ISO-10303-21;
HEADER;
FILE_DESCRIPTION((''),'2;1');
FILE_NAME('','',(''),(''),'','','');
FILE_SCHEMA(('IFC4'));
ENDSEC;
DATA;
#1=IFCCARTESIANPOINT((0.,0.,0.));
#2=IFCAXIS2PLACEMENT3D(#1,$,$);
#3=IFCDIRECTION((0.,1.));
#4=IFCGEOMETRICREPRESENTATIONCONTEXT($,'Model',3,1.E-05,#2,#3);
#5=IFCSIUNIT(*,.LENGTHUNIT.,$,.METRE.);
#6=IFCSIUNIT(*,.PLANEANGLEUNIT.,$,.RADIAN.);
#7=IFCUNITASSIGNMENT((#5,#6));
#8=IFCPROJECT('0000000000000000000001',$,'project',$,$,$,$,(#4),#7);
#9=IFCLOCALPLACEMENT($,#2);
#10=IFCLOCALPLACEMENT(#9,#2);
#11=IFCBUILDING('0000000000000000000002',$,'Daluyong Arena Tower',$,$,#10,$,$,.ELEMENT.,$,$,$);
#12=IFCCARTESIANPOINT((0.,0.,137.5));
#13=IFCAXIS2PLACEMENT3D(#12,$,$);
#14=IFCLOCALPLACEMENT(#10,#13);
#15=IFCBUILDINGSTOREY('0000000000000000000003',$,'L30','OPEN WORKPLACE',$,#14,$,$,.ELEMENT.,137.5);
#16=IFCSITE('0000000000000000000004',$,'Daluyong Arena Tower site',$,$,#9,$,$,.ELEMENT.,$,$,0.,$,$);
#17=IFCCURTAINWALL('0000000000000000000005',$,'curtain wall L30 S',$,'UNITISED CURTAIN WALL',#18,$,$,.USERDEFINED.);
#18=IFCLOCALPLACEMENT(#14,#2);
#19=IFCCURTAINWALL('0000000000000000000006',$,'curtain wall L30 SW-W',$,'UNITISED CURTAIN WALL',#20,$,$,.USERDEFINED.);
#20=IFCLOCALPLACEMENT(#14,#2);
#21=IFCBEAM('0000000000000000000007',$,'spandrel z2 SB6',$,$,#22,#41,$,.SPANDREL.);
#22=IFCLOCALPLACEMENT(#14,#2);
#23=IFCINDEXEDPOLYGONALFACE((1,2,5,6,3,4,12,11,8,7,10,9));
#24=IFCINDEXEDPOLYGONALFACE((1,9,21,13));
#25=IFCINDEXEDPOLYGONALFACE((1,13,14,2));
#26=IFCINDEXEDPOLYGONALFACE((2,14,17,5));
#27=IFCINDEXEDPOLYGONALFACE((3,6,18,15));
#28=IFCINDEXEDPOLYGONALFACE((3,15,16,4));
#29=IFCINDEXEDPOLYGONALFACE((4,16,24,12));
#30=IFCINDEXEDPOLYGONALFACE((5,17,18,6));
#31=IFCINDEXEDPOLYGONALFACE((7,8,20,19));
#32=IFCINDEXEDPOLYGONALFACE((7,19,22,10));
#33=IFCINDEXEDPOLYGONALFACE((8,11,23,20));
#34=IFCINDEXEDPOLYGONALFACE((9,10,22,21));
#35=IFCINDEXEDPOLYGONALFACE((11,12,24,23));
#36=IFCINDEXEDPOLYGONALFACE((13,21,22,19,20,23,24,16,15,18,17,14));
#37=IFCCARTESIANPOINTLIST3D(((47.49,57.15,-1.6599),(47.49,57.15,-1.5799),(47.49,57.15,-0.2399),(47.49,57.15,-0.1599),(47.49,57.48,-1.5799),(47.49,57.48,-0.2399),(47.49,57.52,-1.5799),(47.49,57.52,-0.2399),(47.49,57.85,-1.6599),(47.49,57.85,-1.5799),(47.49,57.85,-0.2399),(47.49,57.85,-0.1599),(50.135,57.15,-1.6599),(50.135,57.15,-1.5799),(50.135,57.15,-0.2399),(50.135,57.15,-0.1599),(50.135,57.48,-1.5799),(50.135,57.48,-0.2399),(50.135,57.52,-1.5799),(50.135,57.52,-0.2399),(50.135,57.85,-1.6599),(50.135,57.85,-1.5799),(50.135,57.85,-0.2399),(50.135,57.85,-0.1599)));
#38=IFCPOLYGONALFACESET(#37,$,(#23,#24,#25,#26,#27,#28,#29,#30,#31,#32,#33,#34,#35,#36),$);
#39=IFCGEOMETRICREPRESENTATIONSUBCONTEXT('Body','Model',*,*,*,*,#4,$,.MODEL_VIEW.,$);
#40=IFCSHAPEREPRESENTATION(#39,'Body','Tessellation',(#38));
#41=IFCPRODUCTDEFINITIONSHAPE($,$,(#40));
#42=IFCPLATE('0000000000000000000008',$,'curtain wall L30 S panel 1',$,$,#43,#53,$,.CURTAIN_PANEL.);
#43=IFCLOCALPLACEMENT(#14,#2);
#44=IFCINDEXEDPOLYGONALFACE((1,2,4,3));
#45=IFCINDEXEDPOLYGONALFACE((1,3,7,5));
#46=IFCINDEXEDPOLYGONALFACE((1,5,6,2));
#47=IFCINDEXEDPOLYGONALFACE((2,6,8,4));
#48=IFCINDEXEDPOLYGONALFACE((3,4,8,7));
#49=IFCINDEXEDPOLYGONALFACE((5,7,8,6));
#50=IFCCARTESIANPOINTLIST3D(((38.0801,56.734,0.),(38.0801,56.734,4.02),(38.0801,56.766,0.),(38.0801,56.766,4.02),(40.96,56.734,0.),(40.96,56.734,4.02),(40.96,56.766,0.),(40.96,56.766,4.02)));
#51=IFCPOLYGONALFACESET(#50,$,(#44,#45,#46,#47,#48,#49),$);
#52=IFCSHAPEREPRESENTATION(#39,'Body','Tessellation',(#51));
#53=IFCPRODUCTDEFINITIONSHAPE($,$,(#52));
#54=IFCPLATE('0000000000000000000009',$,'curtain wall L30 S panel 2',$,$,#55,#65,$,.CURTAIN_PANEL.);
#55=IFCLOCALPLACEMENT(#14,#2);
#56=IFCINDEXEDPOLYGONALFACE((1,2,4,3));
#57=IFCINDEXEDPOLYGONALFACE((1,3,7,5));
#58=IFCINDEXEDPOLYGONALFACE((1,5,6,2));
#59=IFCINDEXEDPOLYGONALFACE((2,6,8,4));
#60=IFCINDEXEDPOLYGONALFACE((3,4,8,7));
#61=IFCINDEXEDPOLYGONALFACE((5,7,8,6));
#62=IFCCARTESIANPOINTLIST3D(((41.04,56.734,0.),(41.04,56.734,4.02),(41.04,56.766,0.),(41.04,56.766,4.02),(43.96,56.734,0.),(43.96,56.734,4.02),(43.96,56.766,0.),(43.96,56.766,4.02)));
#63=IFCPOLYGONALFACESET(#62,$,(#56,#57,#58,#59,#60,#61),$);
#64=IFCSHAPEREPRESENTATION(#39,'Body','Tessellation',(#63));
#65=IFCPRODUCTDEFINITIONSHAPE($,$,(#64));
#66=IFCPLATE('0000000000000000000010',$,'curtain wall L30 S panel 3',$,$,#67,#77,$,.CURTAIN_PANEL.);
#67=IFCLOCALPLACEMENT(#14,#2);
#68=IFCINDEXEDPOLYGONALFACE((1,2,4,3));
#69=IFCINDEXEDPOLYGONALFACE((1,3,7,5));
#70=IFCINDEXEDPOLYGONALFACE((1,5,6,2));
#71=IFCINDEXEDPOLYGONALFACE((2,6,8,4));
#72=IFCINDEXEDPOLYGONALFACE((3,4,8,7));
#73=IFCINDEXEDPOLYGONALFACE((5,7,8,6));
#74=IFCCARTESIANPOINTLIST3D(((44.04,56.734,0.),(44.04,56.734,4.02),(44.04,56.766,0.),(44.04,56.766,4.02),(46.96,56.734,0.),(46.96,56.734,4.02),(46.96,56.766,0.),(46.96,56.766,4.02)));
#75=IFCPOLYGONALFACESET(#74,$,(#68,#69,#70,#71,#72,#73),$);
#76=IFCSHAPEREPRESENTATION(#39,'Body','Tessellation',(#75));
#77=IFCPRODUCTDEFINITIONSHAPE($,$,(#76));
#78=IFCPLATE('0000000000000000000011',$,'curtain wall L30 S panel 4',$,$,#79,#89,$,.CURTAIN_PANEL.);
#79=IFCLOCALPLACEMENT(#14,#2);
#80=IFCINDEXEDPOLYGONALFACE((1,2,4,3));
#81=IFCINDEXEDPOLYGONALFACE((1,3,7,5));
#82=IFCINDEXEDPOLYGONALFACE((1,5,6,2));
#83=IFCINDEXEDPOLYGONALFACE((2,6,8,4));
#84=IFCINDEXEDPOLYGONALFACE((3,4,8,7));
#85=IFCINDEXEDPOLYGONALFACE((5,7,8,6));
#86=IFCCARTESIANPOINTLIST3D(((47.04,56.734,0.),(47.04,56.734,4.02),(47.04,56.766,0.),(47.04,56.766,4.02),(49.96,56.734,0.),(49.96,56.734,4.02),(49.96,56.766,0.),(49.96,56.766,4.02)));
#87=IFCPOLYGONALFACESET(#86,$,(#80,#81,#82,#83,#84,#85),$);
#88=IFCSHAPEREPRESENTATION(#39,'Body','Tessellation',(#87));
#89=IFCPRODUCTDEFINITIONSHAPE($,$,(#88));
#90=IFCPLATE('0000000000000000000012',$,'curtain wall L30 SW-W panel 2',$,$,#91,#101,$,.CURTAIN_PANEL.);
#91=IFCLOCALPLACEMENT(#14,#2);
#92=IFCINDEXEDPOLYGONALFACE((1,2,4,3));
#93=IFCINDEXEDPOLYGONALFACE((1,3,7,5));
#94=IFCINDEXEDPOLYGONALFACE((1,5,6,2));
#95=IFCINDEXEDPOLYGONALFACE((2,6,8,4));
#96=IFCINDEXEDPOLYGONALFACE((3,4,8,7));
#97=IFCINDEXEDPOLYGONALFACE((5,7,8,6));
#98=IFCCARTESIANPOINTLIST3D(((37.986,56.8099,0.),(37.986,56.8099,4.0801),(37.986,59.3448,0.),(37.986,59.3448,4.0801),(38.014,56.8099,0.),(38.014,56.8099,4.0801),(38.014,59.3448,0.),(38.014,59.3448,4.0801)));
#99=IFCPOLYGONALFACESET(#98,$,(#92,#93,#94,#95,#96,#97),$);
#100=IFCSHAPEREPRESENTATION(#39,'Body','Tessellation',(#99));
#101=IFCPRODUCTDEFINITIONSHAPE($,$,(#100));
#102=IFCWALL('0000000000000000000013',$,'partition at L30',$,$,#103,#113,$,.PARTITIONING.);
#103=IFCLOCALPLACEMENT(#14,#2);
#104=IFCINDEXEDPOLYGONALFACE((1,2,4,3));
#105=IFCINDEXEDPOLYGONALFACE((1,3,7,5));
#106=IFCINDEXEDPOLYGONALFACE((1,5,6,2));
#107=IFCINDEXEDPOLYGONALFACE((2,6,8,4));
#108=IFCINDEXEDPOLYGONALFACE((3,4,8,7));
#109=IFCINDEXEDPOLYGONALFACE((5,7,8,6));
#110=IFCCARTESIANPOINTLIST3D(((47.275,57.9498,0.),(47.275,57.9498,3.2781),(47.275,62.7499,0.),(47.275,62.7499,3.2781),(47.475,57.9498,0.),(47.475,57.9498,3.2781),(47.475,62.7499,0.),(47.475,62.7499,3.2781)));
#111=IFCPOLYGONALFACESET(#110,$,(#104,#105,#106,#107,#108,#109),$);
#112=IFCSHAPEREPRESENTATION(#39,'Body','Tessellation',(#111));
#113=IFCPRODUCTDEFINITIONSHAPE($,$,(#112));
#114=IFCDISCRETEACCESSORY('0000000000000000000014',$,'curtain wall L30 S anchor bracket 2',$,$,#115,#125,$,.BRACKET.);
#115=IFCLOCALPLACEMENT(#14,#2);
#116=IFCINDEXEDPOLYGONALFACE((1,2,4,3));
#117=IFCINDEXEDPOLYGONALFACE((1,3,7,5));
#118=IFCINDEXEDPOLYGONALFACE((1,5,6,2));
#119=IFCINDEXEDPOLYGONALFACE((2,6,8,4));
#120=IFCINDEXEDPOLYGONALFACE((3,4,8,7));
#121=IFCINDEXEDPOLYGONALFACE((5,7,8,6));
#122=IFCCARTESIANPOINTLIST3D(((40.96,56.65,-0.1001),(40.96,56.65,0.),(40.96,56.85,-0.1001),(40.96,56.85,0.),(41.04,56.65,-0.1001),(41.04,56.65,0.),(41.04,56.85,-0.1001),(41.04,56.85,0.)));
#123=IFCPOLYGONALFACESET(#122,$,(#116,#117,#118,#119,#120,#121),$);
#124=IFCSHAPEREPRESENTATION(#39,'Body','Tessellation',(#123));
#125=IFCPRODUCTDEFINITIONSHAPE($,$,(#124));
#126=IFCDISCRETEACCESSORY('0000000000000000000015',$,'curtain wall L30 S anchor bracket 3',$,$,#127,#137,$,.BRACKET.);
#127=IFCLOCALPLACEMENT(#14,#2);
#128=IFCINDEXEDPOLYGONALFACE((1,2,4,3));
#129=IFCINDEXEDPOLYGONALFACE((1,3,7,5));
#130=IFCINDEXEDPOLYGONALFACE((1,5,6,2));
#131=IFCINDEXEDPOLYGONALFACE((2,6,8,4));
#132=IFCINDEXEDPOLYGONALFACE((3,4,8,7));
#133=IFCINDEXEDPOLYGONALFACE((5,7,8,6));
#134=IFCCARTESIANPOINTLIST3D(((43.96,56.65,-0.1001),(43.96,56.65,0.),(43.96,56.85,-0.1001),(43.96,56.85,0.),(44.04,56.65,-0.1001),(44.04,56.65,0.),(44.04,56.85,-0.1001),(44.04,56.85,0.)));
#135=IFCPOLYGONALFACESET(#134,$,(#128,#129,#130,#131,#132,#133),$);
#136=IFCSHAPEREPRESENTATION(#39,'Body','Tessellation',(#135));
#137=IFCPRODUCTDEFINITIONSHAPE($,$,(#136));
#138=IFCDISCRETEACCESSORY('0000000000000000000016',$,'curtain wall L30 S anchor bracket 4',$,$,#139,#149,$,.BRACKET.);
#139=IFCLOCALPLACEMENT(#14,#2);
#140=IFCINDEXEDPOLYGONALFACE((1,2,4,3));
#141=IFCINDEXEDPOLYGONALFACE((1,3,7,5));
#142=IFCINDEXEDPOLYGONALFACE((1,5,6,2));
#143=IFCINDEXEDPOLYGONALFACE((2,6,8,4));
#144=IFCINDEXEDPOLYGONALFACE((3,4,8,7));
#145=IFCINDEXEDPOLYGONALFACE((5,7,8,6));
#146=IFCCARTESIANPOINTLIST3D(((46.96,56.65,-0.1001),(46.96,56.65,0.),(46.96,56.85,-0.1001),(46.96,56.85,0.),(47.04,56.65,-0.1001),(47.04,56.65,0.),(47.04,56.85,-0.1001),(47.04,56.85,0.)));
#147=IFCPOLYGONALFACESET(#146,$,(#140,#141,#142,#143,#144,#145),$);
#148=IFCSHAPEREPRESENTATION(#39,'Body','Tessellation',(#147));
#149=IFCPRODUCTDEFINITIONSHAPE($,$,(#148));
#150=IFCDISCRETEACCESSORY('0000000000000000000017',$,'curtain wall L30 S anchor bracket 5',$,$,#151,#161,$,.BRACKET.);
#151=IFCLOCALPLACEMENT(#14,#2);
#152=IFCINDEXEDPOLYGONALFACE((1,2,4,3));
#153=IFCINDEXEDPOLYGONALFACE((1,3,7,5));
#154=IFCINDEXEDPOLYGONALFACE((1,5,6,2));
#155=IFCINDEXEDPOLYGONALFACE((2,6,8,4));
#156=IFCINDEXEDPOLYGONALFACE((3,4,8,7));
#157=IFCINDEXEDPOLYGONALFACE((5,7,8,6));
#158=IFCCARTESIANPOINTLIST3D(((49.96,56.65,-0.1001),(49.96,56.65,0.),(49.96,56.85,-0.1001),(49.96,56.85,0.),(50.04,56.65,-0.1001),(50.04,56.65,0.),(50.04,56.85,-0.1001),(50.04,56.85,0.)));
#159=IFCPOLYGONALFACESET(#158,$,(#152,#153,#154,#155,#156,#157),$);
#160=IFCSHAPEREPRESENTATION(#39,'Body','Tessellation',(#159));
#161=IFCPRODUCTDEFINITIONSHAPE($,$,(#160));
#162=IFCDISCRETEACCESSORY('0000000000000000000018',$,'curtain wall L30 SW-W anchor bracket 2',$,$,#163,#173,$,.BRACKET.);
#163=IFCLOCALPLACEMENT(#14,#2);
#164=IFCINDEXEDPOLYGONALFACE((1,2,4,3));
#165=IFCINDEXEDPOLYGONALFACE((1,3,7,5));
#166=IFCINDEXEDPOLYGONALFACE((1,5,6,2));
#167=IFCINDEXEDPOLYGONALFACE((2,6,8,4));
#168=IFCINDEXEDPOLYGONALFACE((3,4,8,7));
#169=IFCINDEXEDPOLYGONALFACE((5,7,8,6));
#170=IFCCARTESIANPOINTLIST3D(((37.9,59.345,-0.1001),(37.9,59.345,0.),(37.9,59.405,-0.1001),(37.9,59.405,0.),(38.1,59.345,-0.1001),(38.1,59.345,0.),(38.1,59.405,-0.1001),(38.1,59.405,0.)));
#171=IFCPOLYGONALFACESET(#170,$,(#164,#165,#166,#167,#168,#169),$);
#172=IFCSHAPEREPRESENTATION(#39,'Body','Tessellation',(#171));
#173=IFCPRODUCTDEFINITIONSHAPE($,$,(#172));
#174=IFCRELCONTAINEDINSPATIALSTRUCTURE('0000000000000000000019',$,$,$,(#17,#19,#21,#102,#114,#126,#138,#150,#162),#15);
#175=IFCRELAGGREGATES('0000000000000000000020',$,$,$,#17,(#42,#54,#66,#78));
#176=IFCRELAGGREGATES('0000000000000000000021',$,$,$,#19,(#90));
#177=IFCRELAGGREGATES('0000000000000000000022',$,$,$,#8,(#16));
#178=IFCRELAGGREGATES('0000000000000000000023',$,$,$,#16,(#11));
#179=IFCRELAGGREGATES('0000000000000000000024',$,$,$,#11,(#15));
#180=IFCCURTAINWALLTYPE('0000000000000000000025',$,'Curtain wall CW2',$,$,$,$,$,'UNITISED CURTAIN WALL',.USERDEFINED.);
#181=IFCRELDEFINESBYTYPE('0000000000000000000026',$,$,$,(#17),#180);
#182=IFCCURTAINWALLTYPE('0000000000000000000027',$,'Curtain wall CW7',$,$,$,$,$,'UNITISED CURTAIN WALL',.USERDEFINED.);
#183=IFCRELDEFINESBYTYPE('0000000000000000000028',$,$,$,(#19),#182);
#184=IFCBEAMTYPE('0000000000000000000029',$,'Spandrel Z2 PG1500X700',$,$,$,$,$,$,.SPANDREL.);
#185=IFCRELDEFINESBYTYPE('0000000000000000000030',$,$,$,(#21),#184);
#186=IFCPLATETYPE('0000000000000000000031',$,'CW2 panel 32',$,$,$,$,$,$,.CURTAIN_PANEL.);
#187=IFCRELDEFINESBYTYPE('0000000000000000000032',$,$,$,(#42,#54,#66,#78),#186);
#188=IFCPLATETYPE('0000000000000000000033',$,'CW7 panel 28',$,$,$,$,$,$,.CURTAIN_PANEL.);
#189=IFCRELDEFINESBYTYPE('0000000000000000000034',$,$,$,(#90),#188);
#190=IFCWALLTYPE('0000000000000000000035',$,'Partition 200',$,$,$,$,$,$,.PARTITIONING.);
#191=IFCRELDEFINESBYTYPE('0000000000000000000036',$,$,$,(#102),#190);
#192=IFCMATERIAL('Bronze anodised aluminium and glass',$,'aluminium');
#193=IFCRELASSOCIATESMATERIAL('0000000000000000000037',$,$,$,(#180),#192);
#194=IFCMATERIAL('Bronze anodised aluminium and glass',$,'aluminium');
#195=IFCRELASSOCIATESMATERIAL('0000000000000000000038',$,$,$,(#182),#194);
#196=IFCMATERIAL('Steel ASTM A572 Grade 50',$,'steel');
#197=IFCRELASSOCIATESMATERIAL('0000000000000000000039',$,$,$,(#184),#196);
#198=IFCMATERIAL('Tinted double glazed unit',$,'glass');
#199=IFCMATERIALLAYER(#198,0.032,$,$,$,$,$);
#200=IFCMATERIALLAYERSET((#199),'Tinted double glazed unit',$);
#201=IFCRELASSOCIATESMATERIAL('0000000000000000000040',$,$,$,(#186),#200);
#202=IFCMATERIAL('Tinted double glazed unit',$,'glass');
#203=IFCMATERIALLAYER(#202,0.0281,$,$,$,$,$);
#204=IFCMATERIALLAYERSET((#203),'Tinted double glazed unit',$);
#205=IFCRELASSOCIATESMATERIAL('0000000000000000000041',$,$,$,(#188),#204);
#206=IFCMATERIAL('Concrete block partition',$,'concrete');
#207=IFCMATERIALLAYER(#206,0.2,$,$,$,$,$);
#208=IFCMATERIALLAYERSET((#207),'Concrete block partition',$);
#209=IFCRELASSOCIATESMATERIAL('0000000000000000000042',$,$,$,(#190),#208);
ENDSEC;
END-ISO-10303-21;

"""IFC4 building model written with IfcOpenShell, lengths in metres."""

from ifc_helpers import new_model, si_unit, direction, frame, frame_2d, origin, origin_2d, place, context, subcontext, project, spatial, rectangle, i_section, extrude, material, layer, layer_set, material_profile, profile_set, type_object, element, aggregate, save


model = new_model("IFC4")

# Units and contexts
model_context = context("Model", 3, precision=1e-05, world=origin(), true_north=direction((0.0, 1.0)))
body_context = subcontext(model_context, "Body", "Model", "MODEL_VIEW")
ifc_project = project(units=[si_unit("LENGTHUNIT", "METRE"), si_unit("PLANEANGLEUNIT", "RADIAN")], contexts=[model_context])

# Site, building, storey
site_placement = place(None, origin())
site = spatial("IfcSite", under=ifc_project, at=site_placement, Name="Daluyong Arena Tower site", CompositionType="ELEMENT", RefElevation=0.0)
building_placement = place(site_placement, origin())
building = spatial("IfcBuilding", under=site, at=building_placement, Name="Daluyong Arena Tower", CompositionType="ELEMENT")
storey_placement = place(building_placement, frame((0.0, 0.0, 137.5)))
storey = spatial("IfcBuildingStorey", under=building, at=storey_placement, Name="L30", Description="OPEN WORKPLACE", CompositionType="ELEMENT", Elevation=137.5)

# Curtain walls
ifc_material_1 = material(Name="Bronze anodised aluminium and glass", Category="aluminium")
curtain_wall_type_1 = type_object("IfcCurtainWallType", Name="Curtain wall CW2", ElementType="UNITISED CURTAIN WALL", PredefinedType="USERDEFINED", material=ifc_material_1)
curtain_wall_1_placement = place(storey_placement, origin())
curtain_wall_1 = element("IfcCurtainWall", 1, at=curtain_wall_1_placement, inside=storey, type_object=curtain_wall_type_1, Name="curtain wall L30 S", ObjectType="UNITISED CURTAIN WALL", PredefinedType="USERDEFINED")
ifc_material_2 = material(Name="Bronze anodised aluminium and glass", Category="aluminium")
curtain_wall_type_2 = type_object("IfcCurtainWallType", Name="Curtain wall CW7", ElementType="UNITISED CURTAIN WALL", PredefinedType="USERDEFINED", material=ifc_material_2)
curtain_wall_2_placement = place(storey_placement, origin())
curtain_wall_2 = element("IfcCurtainWall", 2, at=curtain_wall_2_placement, inside=storey, type_object=curtain_wall_type_2, Name="curtain wall L30 SW-W", ObjectType="UNITISED CURTAIN WALL", PredefinedType="USERDEFINED")

# Beam
ifc_material_3 = material(Name="Steel ASTM A572 Grade 50", Category="steel")
ifc_material_profile_1 = material_profile(ifc_material_3, i_section(OverallWidth=0.7, OverallDepth=1.5, WebThickness=0.04, FlangeThickness=0.08, at=origin_2d()))
ifc_profile_set_1 = profile_set([ifc_material_profile_1], Name="Steel ASTM A572 Grade 50")
beam_type_1 = type_object("IfcBeamType", Name="Spandrel Z2 PG1500X700", PredefinedType="SPANDREL", material=ifc_profile_set_1)
for number, where, z_axis, x_axis, name in (
    (3, (47.49, 57.5, -0.9099), (1.0, 0.0, 0.0), (0.0, 1.0, 0.0), "spandrel z2 SB6"),
):
    element("IfcBeam", number, at=place(storey_placement, frame(where, z_axis=z_axis, x_axis=x_axis)), inside=storey, type_object=beam_type_1, Name=name, PredefinedType="SPANDREL", context=body_context, shape_type="SweptSolid", body=[
        extrude(i_section(OverallWidth=0.7, OverallDepth=1.5, WebThickness=0.04, FlangeThickness=0.08, at=origin_2d()), origin(), (0.0, 0.0, 1.0), 2.645),
    ])

# Plates
ifc_material_4 = material(Name="Tinted double glazed unit", Category="glass")
ifc_layer_1 = layer(ifc_material_4, 0.032)
ifc_layer_set_1 = layer_set([ifc_layer_1], Name="Tinted double glazed unit")
plate_type_1 = type_object("IfcPlateType", Name="CW2 panel 32", PredefinedType="CURTAIN_PANEL", material=ifc_layer_set_1)
plate_1_placement = place(storey_placement, frame((39.52, 56.75, 0.0), z_axis=(0.0, 0.0, 1.0), x_axis=(1.0, 0.0, 0.0)))
plate_1 = element("IfcPlate", 4, at=plate_1_placement, type_object=plate_type_1, Name="curtain wall L30 S panel 1", PredefinedType="CURTAIN_PANEL", context=body_context, shape_type="SweptSolid", body=[
    extrude(rectangle(XDim=2.8799, YDim=0.032, at=origin_2d()), origin(), (0.0, 0.0, 1.0), 4.02),
])
plate_2_placement = place(storey_placement, frame((42.5, 56.75, 0.0), z_axis=(0.0, 0.0, 1.0), x_axis=(1.0, 0.0, 0.0)))
plate_2 = element("IfcPlate", 5, at=plate_2_placement, type_object=plate_type_1, Name="curtain wall L30 S panel 2", PredefinedType="CURTAIN_PANEL", context=body_context, shape_type="SweptSolid", body=[
    extrude(rectangle(XDim=2.9199, YDim=0.032, at=origin_2d()), origin(), (0.0, 0.0, 1.0), 4.02),
])
plate_3_placement = place(storey_placement, frame((45.5, 56.75, 0.0), z_axis=(0.0, 0.0, 1.0), x_axis=(1.0, 0.0, 0.0)))
plate_3 = element("IfcPlate", 6, at=plate_3_placement, type_object=plate_type_1, Name="curtain wall L30 S panel 3", PredefinedType="CURTAIN_PANEL", context=body_context, shape_type="SweptSolid", body=[
    extrude(rectangle(XDim=2.9199, YDim=0.032, at=origin_2d()), origin(), (0.0, 0.0, 1.0), 4.02),
])
plate_4_placement = place(storey_placement, frame((48.5, 56.75, 0.0), z_axis=(0.0, 0.0, 1.0), x_axis=(1.0, 0.0, 0.0)))
plate_4 = element("IfcPlate", 7, at=plate_4_placement, type_object=plate_type_1, Name="curtain wall L30 S panel 4", PredefinedType="CURTAIN_PANEL", context=body_context, shape_type="SweptSolid", body=[
    extrude(rectangle(XDim=2.9199, YDim=0.032, at=origin_2d()), origin(), (0.0, 0.0, 1.0), 4.02),
])
aggregate(curtain_wall_1, [plate_1, plate_2, plate_3, plate_4])
ifc_material_5 = material(Name="Tinted double glazed unit", Category="glass")
ifc_layer_2 = layer(ifc_material_5, 0.0281)
ifc_layer_set_2 = layer_set([ifc_layer_2], Name="Tinted double glazed unit")
plate_type_2 = type_object("IfcPlateType", Name="CW7 panel 28", PredefinedType="CURTAIN_PANEL", material=ifc_layer_set_2)
plate_5_placement = place(storey_placement, frame((38.0, 58.0774, 0.0), z_axis=(0.0, 0.0, 1.0), x_axis=(0.0, -1.0, 0.0)))
plate_5 = element("IfcPlate", 8, at=plate_5_placement, type_object=plate_type_2, Name="curtain wall L30 SW-W panel 2", PredefinedType="CURTAIN_PANEL", context=body_context, shape_type="SweptSolid", body=[
    extrude(rectangle(XDim=2.5349, YDim=0.0281, at=origin_2d()), origin(), (0.0, 0.0, 1.0), 4.0801),
])
aggregate(curtain_wall_2, [plate_5])

# Wall
ifc_material_6 = material(Name="Concrete block partition", Category="concrete")
ifc_layer_3 = layer(ifc_material_6, 0.2)
ifc_layer_set_3 = layer_set([ifc_layer_3], Name="Concrete block partition")
wall_type = type_object("IfcWallType", Name="Partition 200", PredefinedType="PARTITIONING", material=ifc_layer_set_3)
wall_placement = place(storey_placement, frame((47.375, 57.95, 0.0), z_axis=(0.0, 0.0, 1.0), x_axis=(0.0, 1.0, 0.0)))
element("IfcWall", 9, at=wall_placement, inside=storey, type_object=wall_type, Name="partition at L30", PredefinedType="PARTITIONING", context=body_context, shape_type="SweptSolid", body=[
    extrude(rectangle(XDim=4.8, YDim=0.2, at=frame_2d((2.3999, 0.0))), origin(), (0.0, 0.0, 1.0), 3.2781),
])

# Discrete accessories
for number, where, z_axis, x_axis, name in (
    (10, (41.0, 56.75, -0.1001), (0.0, 0.0, 1.0), (1.0, 0.0, 0.0), "curtain wall L30 S anchor bracket 2"),
    (11, (44.0, 56.75, -0.1001), (0.0, 0.0, 1.0), (1.0, 0.0, 0.0), "curtain wall L30 S anchor bracket 3"),
    (12, (47.0, 56.75, -0.1001), (0.0, 0.0, 1.0), (1.0, 0.0, 0.0), "curtain wall L30 S anchor bracket 4"),
    (13, (50.0, 56.75, -0.1001), (0.0, 0.0, 1.0), (1.0, 0.0, 0.0), "curtain wall L30 S anchor bracket 5"),
):
    element("IfcDiscreteAccessory", number, at=place(storey_placement, frame(where, z_axis=z_axis, x_axis=x_axis)), inside=storey, Name=name, PredefinedType="BRACKET", context=body_context, shape_type="SweptSolid", body=[
        extrude(rectangle(XDim=0.0801, YDim=0.2, at=origin_2d()), origin(), (0.0, 0.0, 1.0), 0.1001),
    ])
discrete_accessory_placement = place(storey_placement, frame((38.0, 59.375, -0.1001), z_axis=(0.0, 0.0, 1.0), x_axis=(0.0, -1.0, 0.0)))
element("IfcDiscreteAccessory", 14, at=discrete_accessory_placement, inside=storey, Name="curtain wall L30 SW-W anchor bracket 2", PredefinedType="BRACKET", context=body_context, shape_type="SweptSolid", body=[
    extrude(rectangle(XDim=0.0601, YDim=0.2, at=origin_2d()), origin(), (0.0, 0.0, 1.0), 0.1001),
])

save(model, "model.ifc")
